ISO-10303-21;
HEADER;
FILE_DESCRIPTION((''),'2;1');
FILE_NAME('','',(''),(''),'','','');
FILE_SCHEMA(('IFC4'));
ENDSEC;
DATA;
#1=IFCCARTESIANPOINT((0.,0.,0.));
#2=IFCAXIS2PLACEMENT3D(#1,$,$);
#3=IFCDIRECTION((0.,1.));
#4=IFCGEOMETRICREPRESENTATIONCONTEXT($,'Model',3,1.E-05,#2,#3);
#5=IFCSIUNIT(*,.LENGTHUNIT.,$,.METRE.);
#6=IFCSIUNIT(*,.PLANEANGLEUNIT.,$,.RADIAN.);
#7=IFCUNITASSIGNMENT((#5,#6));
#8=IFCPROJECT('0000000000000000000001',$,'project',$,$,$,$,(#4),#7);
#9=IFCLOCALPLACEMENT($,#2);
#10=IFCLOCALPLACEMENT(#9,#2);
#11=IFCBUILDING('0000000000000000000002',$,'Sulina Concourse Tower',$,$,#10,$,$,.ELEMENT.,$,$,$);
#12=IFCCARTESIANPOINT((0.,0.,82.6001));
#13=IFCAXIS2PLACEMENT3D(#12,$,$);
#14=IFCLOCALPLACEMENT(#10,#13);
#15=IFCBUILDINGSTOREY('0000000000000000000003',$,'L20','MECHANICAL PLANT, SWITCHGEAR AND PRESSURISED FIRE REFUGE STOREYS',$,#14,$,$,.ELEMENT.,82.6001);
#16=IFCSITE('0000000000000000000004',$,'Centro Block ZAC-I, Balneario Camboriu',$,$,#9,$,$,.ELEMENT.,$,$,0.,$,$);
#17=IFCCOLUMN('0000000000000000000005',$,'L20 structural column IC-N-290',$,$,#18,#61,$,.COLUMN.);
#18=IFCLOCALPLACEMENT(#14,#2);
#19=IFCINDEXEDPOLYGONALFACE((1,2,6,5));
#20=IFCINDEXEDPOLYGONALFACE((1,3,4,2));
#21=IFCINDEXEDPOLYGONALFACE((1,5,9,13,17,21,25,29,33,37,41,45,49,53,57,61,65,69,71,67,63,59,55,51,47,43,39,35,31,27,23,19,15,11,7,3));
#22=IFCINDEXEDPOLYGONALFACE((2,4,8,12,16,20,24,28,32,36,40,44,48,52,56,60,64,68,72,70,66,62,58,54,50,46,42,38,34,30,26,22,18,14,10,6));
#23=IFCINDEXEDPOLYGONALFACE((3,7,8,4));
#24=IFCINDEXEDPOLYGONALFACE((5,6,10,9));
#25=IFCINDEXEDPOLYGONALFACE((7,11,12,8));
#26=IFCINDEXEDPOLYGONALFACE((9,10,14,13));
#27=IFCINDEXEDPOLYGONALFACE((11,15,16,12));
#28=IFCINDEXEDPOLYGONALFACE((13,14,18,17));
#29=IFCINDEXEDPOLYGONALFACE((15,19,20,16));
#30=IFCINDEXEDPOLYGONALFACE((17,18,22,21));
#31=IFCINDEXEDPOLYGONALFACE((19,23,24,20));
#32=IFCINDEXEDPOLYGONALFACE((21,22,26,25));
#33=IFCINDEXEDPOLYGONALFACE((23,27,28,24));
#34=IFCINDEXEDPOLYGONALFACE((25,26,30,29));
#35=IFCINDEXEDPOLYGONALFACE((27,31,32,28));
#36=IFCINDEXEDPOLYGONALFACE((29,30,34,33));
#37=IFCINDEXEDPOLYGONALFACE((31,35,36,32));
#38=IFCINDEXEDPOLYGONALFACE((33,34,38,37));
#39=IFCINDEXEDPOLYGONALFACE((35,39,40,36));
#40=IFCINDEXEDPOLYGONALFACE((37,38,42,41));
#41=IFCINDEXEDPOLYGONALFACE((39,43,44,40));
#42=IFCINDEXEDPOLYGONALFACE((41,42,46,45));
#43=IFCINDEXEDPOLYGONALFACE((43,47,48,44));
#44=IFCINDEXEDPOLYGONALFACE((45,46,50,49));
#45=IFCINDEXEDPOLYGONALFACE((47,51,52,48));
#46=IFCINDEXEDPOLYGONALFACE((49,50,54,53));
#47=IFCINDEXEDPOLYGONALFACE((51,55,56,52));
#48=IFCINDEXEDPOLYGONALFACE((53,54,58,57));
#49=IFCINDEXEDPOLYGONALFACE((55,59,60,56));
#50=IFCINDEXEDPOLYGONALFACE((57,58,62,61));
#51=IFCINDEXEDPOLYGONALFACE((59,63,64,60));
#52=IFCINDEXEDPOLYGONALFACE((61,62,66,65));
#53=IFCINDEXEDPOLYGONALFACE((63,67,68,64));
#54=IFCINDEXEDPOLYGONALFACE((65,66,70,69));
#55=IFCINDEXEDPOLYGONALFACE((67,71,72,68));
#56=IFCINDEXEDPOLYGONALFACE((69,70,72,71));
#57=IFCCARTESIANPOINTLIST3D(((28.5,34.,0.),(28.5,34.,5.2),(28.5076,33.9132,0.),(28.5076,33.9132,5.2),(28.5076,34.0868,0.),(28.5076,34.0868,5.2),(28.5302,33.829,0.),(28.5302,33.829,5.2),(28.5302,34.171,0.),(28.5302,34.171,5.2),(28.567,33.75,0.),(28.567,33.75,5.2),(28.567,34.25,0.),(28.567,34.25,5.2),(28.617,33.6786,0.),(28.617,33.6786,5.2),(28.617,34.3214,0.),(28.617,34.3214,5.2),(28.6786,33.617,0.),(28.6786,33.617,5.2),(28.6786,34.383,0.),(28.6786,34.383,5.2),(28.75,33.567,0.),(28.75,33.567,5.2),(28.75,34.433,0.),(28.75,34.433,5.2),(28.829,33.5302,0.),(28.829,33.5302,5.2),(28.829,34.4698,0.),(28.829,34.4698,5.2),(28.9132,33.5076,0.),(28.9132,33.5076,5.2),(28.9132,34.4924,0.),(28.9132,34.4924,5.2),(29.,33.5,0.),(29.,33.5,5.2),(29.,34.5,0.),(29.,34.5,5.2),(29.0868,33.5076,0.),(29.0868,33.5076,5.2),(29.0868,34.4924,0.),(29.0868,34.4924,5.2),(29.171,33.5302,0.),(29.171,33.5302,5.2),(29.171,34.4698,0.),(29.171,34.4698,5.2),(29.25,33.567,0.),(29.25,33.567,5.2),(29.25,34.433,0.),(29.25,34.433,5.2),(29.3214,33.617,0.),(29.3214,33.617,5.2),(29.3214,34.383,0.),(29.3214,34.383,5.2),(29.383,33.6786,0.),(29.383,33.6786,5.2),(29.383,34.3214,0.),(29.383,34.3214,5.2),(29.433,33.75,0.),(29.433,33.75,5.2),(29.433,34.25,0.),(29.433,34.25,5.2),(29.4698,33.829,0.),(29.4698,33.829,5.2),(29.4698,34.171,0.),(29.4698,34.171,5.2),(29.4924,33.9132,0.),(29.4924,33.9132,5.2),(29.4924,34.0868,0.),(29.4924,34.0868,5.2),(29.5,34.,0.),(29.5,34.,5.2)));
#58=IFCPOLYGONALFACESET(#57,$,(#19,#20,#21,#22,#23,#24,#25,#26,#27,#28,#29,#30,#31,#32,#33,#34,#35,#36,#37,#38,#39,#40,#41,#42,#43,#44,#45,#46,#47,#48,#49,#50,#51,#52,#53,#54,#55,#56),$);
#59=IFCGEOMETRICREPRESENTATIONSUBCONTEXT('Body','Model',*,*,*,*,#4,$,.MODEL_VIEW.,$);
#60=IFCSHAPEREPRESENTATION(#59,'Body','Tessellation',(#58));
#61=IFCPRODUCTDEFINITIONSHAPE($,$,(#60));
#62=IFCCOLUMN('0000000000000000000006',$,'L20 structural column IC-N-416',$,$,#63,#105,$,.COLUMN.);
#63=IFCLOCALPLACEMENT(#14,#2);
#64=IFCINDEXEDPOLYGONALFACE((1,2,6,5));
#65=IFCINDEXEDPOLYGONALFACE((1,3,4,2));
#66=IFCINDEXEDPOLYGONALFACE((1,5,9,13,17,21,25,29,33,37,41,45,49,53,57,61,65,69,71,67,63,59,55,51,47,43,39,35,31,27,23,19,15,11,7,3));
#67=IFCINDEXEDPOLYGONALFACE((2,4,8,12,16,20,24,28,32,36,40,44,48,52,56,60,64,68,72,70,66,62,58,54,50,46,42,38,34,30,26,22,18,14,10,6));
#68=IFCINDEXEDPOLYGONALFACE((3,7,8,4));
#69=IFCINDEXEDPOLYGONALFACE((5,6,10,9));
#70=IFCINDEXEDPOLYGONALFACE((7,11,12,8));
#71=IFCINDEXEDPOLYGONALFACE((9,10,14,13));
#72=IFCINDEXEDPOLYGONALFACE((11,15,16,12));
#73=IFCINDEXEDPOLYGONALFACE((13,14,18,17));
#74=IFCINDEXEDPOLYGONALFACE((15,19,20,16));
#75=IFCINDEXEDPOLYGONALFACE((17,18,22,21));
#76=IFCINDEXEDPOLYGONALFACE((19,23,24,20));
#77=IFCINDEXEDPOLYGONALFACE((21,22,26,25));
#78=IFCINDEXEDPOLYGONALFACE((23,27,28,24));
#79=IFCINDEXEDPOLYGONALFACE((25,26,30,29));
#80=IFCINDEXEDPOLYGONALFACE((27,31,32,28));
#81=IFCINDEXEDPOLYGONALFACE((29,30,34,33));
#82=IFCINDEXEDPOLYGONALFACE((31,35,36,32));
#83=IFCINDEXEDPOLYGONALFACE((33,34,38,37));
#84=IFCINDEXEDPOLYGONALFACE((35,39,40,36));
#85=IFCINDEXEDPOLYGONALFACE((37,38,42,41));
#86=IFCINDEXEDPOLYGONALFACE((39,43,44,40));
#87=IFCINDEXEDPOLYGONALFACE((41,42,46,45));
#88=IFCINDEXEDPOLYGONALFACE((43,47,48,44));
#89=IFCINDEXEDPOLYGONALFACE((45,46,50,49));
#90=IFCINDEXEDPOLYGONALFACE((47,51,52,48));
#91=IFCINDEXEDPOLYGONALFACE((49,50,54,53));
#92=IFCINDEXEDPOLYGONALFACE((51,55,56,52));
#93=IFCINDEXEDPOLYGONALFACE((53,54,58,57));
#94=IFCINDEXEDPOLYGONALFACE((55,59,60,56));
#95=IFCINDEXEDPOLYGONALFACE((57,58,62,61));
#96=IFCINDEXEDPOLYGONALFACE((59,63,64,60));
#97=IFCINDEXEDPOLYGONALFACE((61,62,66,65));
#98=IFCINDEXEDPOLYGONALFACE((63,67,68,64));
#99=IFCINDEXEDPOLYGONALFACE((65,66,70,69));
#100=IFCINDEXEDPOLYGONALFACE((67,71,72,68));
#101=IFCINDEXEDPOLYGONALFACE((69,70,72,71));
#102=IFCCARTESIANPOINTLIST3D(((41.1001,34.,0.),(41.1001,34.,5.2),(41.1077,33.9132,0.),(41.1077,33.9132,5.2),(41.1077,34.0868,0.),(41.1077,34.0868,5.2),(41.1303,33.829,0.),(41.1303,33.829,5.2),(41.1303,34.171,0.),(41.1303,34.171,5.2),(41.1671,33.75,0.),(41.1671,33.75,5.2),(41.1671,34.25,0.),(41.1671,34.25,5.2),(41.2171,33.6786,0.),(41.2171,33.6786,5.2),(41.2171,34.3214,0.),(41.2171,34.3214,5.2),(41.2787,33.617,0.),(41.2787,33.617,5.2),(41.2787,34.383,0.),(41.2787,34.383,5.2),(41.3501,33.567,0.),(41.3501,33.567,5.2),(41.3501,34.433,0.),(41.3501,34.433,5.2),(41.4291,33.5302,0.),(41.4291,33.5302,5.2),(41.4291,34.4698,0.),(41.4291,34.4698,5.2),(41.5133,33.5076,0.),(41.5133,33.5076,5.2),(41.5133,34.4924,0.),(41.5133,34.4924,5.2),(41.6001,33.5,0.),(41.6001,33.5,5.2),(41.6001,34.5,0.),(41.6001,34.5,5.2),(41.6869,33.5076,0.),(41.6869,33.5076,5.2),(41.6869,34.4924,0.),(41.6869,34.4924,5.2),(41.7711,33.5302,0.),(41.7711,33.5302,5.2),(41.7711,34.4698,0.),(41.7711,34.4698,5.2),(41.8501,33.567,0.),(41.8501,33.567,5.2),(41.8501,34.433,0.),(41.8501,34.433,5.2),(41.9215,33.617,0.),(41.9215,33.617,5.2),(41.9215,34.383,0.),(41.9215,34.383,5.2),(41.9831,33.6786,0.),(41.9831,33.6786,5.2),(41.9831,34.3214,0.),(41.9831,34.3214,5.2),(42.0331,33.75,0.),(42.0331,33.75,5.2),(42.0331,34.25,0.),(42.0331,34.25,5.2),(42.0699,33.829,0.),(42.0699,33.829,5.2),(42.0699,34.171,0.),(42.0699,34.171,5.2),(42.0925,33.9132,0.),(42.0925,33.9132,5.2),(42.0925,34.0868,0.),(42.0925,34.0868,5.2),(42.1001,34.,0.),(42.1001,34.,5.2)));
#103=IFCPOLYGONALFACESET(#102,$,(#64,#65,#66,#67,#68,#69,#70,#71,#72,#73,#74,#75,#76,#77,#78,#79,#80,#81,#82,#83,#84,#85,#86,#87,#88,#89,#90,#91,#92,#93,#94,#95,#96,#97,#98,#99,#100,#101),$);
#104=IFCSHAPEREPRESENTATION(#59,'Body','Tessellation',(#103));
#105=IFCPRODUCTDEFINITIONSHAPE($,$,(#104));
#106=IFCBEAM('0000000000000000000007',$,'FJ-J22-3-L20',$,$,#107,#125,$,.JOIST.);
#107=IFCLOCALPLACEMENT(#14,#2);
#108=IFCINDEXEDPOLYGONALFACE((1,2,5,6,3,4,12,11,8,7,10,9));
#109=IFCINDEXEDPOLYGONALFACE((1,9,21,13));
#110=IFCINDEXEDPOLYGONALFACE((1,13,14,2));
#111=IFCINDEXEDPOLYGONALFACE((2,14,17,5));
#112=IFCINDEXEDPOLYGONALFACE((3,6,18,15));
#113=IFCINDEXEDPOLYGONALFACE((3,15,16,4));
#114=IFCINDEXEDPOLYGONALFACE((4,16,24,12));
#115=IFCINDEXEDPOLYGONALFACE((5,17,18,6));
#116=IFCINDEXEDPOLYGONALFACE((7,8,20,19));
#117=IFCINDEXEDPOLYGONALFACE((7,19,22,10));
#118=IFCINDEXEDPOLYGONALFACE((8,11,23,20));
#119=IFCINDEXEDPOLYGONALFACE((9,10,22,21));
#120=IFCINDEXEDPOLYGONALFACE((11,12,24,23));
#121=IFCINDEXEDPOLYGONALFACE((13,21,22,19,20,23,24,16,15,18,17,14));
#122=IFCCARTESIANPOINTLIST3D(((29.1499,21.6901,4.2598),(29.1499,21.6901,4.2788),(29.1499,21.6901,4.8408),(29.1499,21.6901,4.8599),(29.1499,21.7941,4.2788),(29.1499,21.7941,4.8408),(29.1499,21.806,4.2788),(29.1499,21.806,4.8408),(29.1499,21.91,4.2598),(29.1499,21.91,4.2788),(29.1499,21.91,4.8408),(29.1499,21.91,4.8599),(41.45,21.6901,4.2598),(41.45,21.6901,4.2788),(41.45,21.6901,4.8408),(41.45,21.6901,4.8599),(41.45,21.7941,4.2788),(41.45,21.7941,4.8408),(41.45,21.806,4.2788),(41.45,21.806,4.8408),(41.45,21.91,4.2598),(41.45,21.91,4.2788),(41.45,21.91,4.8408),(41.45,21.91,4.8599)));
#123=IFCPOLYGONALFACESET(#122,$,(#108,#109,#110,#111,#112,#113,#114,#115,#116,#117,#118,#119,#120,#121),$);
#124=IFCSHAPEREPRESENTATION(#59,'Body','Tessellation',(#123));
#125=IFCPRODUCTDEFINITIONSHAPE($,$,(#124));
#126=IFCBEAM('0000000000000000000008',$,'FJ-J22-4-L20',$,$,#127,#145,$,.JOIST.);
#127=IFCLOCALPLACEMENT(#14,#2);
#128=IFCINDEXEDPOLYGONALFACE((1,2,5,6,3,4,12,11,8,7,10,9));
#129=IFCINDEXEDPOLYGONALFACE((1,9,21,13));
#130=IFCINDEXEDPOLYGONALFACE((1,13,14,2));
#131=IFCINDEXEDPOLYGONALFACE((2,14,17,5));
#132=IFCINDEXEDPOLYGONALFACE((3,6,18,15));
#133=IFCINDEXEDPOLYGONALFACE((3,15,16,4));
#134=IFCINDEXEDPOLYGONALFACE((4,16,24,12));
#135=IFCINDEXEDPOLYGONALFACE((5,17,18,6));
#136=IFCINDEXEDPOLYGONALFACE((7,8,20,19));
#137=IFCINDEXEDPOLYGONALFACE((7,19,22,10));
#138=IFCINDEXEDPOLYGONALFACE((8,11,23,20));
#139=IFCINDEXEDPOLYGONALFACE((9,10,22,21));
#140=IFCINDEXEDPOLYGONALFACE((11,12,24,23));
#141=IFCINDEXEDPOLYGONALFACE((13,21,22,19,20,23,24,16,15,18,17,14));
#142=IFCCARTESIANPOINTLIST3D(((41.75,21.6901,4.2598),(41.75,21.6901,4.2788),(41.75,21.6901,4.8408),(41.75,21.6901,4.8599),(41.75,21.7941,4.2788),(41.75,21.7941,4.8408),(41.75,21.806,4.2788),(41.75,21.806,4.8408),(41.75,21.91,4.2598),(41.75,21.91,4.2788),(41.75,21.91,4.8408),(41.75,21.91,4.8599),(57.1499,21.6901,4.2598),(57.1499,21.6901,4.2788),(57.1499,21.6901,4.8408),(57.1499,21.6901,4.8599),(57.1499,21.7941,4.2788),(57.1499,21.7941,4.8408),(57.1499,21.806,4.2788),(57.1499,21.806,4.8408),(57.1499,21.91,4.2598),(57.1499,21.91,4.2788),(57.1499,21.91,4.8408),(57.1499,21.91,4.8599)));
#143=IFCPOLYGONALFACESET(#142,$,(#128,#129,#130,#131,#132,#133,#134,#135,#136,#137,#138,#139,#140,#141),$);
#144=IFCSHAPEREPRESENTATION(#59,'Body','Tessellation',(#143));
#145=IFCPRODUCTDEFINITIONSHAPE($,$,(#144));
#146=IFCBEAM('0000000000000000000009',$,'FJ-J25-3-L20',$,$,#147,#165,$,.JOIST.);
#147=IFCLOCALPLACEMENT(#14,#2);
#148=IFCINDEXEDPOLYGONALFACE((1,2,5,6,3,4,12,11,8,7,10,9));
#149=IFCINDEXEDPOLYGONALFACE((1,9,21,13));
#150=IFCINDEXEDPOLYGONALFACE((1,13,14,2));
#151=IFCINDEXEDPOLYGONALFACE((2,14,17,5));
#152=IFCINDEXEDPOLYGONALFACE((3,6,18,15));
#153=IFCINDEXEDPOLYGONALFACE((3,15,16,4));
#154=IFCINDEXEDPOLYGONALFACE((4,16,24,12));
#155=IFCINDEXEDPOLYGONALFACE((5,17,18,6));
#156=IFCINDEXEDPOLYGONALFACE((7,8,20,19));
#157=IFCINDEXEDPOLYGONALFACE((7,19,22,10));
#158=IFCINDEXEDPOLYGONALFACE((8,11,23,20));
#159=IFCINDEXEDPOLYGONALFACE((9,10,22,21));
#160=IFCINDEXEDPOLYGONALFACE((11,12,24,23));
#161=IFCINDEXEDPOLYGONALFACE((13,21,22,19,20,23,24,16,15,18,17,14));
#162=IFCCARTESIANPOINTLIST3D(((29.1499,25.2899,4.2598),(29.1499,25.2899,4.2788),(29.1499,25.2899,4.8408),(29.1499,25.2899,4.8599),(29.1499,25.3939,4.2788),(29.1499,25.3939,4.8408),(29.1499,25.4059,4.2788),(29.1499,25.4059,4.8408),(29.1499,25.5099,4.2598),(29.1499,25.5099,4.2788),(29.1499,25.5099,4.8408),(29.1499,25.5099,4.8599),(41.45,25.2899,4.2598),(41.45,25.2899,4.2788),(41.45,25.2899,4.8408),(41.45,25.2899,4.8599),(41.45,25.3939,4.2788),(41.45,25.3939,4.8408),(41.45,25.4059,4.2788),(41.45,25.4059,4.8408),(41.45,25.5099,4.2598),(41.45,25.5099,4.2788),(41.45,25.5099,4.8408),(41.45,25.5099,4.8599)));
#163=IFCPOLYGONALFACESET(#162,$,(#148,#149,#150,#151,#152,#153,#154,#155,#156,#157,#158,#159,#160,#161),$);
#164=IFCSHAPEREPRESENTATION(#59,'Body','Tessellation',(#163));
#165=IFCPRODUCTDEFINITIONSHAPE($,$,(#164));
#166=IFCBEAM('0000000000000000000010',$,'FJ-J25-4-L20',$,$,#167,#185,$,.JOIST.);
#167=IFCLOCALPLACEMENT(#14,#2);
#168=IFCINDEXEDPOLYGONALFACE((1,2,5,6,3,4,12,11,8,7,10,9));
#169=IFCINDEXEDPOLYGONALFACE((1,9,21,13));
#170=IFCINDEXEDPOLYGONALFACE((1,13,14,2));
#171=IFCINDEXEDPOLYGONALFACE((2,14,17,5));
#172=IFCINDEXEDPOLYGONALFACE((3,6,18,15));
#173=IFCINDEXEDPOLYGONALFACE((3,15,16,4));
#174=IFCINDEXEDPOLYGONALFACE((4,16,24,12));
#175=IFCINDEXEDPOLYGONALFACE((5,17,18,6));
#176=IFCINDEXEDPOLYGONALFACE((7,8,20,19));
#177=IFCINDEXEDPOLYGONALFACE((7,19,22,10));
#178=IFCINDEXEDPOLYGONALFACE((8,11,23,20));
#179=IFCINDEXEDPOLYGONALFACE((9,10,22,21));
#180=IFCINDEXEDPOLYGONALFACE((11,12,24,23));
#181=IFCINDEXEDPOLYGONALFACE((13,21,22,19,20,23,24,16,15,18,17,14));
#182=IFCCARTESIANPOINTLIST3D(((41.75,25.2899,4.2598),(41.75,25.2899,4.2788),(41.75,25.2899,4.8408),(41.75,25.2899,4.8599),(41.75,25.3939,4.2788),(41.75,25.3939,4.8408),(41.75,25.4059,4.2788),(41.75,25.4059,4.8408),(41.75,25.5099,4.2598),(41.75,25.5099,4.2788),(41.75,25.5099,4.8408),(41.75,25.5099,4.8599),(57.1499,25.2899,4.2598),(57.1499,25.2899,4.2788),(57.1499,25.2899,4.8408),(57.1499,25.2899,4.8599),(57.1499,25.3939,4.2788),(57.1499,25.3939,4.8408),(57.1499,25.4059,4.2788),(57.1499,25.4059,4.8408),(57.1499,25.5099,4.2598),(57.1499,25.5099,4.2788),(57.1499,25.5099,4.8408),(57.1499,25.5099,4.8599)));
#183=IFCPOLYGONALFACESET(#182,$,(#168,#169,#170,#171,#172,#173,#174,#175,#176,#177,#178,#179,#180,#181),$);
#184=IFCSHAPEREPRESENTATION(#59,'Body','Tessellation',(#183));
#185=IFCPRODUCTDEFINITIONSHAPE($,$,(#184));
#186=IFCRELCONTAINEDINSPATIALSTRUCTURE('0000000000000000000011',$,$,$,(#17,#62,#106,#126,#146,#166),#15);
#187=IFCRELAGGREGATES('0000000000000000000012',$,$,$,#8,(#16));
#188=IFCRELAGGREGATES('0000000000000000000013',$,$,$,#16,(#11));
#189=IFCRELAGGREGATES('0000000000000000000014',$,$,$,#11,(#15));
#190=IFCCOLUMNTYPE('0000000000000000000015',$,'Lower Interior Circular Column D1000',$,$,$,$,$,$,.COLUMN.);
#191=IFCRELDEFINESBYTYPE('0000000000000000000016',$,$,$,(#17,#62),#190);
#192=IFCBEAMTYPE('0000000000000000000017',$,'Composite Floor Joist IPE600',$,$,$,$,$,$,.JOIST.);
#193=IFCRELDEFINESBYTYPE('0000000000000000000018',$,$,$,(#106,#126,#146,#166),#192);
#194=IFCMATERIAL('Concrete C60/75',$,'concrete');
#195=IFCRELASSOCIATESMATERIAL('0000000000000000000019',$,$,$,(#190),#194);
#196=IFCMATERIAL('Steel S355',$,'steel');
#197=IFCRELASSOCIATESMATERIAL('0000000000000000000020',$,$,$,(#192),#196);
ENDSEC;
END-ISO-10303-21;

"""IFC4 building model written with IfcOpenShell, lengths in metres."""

from ifc_helpers import new_model, si_unit, direction, frame, origin, origin_2d, place, context, subcontext, project, spatial, circle, i_section, extrude, material, material_profile, profile_set, type_object, element, save


model = new_model("IFC4")

# Units and contexts
model_context = context("Model", 3, precision=1e-05, world=origin(), true_north=direction((0.0, 1.0)))
body_context = subcontext(model_context, "Body", "Model", "MODEL_VIEW")
ifc_project = project(units=[si_unit("LENGTHUNIT", "METRE"), si_unit("PLANEANGLEUNIT", "RADIAN")], contexts=[model_context])

# Site, building, storey
site_placement = place(None, origin())
site = spatial("IfcSite", under=ifc_project, at=site_placement, Name="Centro Block ZAC-I, Balneario Camboriu", CompositionType="ELEMENT", RefElevation=0.0)
building_placement = place(site_placement, origin())
building = spatial("IfcBuilding", under=site, at=building_placement, Name="Sulina Concourse Tower", CompositionType="ELEMENT")
storey_placement = place(building_placement, frame((0.0, 0.0, 82.6001)))
storey = spatial("IfcBuildingStorey", under=building, at=storey_placement, Name="L20", Description="MECHANICAL PLANT, SWITCHGEAR AND PRESSURISED FIRE REFUGE STOREYS", CompositionType="ELEMENT", Elevation=82.6001)

# Columns
ifc_material_1 = material(Name="Concrete C60/75", Category="concrete")
ifc_material_profile_1 = material_profile(ifc_material_1, circle(Radius=0.5, at=origin_2d()), Name="RC D1000")
ifc_profile_set_1 = profile_set([ifc_material_profile_1], Name="Concrete C60/75")
column_type = type_object("IfcColumnType", Name="Lower Interior Circular Column D1000", PredefinedType="COLUMN", material=ifc_profile_set_1)
for number, where, z_axis, x_axis, name in (
    (1, (29.0, 34.0, 0.0), (0.0, 0.0, 1.0), (1.0, 0.0, 0.0), "L20 structural column IC-N-290"),
    (2, (41.6001, 34.0, 0.0), (0.0, 0.0, 1.0), (1.0, 0.0, 0.0), "L20 structural column IC-N-416"),
):
    element("IfcColumn", number, at=place(storey_placement, frame(where, z_axis=z_axis, x_axis=x_axis)), inside=storey, type_object=column_type, Name=name, PredefinedType="COLUMN", context=body_context, shape_type="SweptSolid", body=[
        extrude(circle(Radius=0.5, at=origin_2d()), origin(), (0.0, 0.0, 1.0), 5.2),
    ])

# Beams
ifc_material_2 = material(Name="Steel S355", Category="steel")
ifc_material_profile_2 = material_profile(ifc_material_2, i_section(OverallWidth=0.22, OverallDepth=0.6001, WebThickness=0.012, FlangeThickness=0.019, at=origin_2d()), Name="IPE 600")
ifc_profile_set_2 = profile_set([ifc_material_profile_2], Name="Steel S355")
beam_type_1 = type_object("IfcBeamType", Name="Composite Floor Joist IPE600", PredefinedType="JOIST", material=ifc_profile_set_2)
beam_1_placement = place(storey_placement, frame((29.1499, 21.8, 4.5598), z_axis=(1.0, 0.0, 0.0), x_axis=(0.0, 1.0, 0.0)))
element("IfcBeam", 3, at=beam_1_placement, inside=storey, type_object=beam_type_1, Name="FJ-J22-3-L20", PredefinedType="JOIST", context=body_context, shape_type="SweptSolid", body=[
    extrude(i_section(OverallWidth=0.22, OverallDepth=0.6001, WebThickness=0.012, FlangeThickness=0.019, at=origin_2d()), origin(), (0.0, 0.0, 1.0), 12.3),
])
beam_2_placement = place(storey_placement, frame((41.75, 21.8, 4.5598), z_axis=(1.0, 0.0, 0.0), x_axis=(0.0, 1.0, 0.0)))
element("IfcBeam", 4, at=beam_2_placement, inside=storey, type_object=beam_type_1, Name="FJ-J22-4-L20", PredefinedType="JOIST", context=body_context, shape_type="SweptSolid", body=[
    extrude(i_section(OverallWidth=0.22, OverallDepth=0.6001, WebThickness=0.012, FlangeThickness=0.019, at=origin_2d()), origin(), (0.0, 0.0, 1.0), 15.3999),
])
beam_3_placement = place(storey_placement, frame((29.1499, 25.3999, 4.5598), z_axis=(1.0, 0.0, 0.0), x_axis=(0.0, 1.0, 0.0)))
element("IfcBeam", 5, at=beam_3_placement, inside=storey, type_object=beam_type_1, Name="FJ-J25-3-L20", PredefinedType="JOIST", context=body_context, shape_type="SweptSolid", body=[
    extrude(i_section(OverallWidth=0.22, OverallDepth=0.6001, WebThickness=0.012, FlangeThickness=0.019, at=origin_2d()), origin(), (0.0, 0.0, 1.0), 12.3),
])
beam_4_placement = place(storey_placement, frame((41.75, 25.3999, 4.5598), z_axis=(1.0, 0.0, 0.0), x_axis=(0.0, 1.0, 0.0)))
element("IfcBeam", 6, at=beam_4_placement, inside=storey, type_object=beam_type_1, Name="FJ-J25-4-L20", PredefinedType="JOIST", context=body_context, shape_type="SweptSolid", body=[
    extrude(i_section(OverallWidth=0.22, OverallDepth=0.6001, WebThickness=0.012, FlangeThickness=0.019, at=origin_2d()), origin(), (0.0, 0.0, 1.0), 15.3999),
])

save(model, "model.ifc")
